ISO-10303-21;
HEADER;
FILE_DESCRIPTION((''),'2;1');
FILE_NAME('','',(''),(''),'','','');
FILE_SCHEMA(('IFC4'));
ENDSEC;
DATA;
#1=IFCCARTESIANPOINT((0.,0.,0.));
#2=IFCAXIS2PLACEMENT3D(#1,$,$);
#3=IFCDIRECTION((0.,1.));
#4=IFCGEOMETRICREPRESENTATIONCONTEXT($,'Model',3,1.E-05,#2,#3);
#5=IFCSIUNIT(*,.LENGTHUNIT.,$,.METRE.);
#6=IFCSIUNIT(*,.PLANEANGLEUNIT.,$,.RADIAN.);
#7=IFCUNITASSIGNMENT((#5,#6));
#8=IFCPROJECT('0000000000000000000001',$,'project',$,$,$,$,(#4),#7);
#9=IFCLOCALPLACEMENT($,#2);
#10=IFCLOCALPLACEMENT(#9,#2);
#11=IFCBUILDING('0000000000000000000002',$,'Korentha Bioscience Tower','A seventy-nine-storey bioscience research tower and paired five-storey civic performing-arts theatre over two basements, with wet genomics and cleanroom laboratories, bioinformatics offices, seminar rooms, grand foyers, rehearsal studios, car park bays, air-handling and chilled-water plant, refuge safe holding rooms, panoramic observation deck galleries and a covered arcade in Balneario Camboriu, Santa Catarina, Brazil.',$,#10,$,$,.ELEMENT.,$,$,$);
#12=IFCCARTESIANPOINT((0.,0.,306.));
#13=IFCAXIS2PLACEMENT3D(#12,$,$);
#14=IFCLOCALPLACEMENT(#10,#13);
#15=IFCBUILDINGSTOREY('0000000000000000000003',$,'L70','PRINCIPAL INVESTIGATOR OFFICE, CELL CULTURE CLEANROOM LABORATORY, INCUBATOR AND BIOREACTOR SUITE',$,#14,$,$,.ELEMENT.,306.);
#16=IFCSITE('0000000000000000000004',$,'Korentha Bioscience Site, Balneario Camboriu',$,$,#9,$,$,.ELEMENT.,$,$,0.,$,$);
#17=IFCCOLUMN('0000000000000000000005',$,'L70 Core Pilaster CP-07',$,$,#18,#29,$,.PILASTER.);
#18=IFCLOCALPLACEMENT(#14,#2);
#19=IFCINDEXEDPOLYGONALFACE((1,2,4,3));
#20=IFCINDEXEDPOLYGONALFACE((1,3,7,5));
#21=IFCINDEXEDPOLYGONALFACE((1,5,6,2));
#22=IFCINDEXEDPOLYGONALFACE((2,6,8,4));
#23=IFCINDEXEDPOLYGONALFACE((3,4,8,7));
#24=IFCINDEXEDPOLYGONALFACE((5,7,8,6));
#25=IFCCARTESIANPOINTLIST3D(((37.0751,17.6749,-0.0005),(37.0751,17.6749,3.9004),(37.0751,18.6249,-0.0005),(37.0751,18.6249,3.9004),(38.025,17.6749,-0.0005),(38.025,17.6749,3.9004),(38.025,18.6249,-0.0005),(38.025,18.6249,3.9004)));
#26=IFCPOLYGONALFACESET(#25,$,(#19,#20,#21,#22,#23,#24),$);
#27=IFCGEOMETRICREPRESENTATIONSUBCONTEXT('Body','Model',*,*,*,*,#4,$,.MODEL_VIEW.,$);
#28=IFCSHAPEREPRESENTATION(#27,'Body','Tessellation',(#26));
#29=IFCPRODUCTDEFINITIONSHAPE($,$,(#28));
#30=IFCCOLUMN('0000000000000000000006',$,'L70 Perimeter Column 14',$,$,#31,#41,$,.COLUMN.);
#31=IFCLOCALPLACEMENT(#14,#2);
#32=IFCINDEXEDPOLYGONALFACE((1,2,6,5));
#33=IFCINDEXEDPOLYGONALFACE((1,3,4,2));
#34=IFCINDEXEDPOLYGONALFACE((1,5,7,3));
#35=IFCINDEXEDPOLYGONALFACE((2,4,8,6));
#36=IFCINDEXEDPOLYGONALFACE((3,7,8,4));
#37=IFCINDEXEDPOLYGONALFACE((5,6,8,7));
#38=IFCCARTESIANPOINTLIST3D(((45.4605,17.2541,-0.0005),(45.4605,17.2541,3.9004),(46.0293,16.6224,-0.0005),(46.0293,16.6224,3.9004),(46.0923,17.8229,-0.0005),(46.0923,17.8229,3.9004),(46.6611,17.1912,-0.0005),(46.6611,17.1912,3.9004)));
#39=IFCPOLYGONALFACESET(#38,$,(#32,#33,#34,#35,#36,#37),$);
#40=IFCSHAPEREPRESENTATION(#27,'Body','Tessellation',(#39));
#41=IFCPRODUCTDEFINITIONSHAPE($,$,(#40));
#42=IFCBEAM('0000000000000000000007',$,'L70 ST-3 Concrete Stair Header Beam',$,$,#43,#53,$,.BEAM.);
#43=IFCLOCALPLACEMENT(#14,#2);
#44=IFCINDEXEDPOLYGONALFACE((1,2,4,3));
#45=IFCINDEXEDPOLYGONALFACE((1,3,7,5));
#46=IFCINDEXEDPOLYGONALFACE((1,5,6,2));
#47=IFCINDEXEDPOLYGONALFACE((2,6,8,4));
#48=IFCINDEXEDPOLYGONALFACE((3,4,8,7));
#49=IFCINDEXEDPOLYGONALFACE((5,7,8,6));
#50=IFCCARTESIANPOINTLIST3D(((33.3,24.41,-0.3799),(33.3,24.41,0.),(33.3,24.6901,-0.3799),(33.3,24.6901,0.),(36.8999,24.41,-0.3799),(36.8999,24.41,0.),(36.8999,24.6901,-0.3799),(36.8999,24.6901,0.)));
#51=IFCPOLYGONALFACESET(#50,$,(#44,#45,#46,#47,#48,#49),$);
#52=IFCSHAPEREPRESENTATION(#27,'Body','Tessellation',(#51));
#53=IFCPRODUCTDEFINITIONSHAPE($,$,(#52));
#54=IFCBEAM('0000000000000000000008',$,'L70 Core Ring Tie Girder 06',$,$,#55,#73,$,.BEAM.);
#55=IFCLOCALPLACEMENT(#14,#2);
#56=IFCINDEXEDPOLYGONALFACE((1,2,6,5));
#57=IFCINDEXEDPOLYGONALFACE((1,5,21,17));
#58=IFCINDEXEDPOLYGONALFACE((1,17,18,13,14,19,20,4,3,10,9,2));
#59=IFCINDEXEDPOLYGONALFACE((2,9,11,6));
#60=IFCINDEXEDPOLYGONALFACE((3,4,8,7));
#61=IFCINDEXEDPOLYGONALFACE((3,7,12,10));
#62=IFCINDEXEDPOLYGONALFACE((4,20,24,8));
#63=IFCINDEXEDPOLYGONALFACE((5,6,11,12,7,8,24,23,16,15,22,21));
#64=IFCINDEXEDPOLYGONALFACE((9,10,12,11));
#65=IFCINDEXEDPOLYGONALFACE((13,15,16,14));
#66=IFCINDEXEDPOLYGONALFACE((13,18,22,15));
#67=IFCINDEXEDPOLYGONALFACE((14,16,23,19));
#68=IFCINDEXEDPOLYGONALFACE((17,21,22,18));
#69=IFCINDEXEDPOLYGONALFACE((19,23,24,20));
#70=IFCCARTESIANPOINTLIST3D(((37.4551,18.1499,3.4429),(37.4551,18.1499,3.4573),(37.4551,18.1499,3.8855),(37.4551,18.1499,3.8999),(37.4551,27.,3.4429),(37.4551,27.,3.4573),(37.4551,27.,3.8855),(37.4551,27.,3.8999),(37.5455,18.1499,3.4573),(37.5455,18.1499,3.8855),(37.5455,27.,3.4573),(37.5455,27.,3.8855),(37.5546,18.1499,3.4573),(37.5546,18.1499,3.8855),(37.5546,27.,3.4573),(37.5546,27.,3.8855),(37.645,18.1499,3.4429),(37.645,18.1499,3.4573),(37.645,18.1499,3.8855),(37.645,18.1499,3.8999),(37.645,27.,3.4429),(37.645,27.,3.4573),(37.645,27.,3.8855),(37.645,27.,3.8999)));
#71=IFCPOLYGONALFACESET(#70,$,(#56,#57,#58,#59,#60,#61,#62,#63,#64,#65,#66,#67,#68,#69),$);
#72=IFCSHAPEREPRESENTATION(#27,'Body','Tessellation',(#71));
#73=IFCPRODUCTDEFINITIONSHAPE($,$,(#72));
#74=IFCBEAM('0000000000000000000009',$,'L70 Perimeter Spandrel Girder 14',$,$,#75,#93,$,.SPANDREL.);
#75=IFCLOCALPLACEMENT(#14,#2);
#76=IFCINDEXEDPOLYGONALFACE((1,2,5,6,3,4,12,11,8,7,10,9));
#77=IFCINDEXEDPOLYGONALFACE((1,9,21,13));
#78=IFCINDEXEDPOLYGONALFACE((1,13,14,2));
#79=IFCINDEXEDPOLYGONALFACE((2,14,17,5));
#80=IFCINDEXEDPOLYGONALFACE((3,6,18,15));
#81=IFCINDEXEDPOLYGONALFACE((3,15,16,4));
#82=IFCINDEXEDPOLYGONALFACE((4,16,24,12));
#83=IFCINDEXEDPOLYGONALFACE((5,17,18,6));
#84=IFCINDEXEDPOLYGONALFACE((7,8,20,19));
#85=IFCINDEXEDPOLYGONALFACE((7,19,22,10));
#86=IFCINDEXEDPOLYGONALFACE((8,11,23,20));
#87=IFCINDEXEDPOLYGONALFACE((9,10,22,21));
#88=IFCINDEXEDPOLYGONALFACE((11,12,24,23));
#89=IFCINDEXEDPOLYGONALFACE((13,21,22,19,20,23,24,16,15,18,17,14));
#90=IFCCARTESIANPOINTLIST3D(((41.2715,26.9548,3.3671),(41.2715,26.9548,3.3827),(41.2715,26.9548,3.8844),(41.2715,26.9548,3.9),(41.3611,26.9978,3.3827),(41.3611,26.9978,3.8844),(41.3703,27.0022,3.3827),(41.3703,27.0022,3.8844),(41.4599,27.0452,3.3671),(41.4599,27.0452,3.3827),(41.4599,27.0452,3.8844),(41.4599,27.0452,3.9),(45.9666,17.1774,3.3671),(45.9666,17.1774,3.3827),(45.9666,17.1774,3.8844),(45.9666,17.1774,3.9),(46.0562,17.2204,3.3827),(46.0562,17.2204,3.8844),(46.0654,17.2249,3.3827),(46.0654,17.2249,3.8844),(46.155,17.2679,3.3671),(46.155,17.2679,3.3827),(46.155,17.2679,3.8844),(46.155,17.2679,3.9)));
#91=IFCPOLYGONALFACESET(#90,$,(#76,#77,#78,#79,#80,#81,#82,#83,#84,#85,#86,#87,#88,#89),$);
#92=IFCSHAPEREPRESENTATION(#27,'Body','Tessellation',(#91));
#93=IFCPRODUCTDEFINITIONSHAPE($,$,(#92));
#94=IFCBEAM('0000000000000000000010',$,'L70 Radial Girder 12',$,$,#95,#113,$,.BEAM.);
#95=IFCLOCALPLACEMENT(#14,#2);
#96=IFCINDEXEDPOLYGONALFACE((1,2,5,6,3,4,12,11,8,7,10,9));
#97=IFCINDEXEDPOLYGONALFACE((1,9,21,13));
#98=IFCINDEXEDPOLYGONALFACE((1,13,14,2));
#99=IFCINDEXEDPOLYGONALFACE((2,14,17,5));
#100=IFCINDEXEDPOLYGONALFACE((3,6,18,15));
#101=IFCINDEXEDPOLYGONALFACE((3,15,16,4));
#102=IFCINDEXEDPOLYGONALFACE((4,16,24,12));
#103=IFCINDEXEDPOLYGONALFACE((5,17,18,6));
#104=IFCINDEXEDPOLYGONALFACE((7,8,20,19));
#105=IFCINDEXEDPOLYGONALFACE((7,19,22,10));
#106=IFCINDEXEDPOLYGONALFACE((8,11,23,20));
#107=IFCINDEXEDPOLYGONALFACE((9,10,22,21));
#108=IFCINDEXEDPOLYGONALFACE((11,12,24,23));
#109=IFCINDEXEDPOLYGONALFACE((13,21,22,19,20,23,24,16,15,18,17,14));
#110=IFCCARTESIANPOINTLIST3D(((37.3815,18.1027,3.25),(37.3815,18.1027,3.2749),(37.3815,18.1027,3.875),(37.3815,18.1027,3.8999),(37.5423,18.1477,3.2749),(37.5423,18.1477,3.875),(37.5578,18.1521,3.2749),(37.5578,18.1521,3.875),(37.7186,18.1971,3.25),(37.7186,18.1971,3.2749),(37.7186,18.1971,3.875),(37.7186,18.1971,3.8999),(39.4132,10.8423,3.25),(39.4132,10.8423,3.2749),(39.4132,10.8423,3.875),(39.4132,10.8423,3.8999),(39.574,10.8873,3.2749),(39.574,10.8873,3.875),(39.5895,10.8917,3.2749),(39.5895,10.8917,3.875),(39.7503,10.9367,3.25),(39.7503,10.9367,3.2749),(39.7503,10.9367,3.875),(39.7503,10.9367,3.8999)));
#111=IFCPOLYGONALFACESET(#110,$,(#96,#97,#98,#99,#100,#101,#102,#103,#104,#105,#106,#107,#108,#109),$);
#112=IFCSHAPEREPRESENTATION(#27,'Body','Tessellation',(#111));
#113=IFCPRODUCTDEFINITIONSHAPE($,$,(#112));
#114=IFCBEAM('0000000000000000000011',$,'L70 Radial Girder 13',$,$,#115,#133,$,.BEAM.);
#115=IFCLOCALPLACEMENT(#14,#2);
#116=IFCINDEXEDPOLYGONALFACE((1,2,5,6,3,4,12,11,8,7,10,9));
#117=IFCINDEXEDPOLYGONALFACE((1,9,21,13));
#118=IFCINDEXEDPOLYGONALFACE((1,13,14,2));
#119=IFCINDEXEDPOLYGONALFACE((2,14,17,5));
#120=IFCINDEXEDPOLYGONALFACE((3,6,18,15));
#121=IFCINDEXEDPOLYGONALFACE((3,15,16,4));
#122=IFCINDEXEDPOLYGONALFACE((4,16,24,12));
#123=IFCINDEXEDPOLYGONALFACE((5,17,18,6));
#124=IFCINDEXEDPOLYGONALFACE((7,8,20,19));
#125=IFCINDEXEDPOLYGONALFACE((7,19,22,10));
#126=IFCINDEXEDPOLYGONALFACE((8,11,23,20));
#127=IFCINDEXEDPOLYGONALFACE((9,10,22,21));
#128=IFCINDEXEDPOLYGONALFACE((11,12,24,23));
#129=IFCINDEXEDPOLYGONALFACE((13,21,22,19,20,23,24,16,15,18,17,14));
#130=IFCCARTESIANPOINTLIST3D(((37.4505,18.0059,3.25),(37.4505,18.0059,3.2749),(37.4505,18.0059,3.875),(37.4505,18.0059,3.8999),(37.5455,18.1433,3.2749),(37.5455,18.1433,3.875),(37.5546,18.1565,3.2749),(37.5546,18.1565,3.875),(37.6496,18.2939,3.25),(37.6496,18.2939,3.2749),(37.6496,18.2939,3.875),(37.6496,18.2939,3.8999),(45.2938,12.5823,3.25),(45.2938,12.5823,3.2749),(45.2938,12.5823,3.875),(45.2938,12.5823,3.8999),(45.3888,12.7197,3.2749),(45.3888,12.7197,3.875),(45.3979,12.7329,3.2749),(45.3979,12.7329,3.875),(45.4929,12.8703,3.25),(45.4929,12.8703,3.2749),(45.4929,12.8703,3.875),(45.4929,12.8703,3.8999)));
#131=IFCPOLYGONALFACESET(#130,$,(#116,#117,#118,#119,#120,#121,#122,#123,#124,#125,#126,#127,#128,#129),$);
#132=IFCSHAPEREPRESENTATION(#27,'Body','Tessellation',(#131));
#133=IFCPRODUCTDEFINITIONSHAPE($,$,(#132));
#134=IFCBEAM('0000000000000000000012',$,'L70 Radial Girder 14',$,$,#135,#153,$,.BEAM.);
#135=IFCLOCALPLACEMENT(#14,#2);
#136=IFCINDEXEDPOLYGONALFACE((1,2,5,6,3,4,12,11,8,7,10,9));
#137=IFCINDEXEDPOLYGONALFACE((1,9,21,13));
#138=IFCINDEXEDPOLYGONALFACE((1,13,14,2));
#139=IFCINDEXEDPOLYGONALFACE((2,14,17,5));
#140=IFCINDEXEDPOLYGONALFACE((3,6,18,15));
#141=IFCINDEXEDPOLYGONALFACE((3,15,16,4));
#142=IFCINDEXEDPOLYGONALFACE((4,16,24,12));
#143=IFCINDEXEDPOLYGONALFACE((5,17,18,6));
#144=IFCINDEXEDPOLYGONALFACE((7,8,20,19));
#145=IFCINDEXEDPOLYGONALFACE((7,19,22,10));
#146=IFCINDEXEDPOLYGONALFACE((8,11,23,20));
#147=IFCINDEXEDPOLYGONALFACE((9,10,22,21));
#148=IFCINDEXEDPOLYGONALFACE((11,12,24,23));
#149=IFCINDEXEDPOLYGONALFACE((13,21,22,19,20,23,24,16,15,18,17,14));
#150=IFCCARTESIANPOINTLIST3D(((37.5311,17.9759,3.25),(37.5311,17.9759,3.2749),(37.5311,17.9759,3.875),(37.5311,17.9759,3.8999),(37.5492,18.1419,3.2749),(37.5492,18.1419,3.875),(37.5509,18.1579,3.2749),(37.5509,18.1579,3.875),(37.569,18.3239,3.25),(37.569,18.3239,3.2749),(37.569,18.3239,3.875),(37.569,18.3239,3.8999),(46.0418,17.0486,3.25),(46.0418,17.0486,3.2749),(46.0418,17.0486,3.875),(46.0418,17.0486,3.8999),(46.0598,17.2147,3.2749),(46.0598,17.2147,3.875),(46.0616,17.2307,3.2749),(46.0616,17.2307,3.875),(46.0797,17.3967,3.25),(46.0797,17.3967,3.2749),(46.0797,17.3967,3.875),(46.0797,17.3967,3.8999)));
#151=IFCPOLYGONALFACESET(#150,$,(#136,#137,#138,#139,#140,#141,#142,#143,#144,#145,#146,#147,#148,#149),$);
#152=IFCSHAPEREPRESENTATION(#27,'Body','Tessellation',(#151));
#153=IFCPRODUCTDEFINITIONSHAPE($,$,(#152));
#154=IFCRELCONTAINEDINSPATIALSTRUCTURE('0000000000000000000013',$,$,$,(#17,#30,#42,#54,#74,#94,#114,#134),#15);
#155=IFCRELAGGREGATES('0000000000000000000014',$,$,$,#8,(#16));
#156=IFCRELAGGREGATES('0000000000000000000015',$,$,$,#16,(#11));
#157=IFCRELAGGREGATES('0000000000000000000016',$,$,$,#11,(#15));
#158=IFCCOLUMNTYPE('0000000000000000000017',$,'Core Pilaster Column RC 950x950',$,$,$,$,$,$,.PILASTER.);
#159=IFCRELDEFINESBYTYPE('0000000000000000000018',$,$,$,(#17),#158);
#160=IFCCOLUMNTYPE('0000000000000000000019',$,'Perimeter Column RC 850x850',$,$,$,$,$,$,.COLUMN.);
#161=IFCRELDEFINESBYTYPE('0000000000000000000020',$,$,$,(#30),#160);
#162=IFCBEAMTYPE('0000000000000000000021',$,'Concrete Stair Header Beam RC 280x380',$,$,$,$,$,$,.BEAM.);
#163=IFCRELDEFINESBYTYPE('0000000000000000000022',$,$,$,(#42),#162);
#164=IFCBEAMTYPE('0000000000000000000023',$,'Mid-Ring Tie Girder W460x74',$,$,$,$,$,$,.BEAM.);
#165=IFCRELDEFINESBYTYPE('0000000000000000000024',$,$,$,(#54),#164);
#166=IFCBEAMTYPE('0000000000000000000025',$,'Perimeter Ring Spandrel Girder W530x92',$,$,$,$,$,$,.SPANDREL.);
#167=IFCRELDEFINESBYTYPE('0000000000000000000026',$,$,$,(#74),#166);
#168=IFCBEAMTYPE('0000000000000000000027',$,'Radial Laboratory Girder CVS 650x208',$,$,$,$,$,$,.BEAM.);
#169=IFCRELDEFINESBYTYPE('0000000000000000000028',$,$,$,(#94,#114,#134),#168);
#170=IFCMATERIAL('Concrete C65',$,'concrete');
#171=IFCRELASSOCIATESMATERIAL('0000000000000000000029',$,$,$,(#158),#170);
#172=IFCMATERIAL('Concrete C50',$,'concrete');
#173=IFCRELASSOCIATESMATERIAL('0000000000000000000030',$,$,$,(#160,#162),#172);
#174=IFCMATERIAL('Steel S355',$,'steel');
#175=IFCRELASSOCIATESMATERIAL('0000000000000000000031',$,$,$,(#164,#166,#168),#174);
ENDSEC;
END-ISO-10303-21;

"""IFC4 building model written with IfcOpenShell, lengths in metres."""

from ifc_helpers import new_model, si_unit, direction, frame, origin, origin_2d, place, context, subcontext, project, spatial, rectangle, i_section, extrude, material, material_profile, profile_set, type_object, element, save


model = new_model("IFC4")

# Units and contexts
model_context = context("Model", 3, precision=1e-05, world=origin(), true_north=direction((0.0, 1.0)))
body_context = subcontext(model_context, "Body", "Model", "MODEL_VIEW")
ifc_project = project(units=[si_unit("LENGTHUNIT", "METRE"), si_unit("PLANEANGLEUNIT", "RADIAN")], contexts=[model_context])

# Site, building, storey
site_placement = place(None, origin())
site = spatial("IfcSite", under=ifc_project, at=site_placement, Name="Korentha Bioscience Site, Balneario Camboriu", CompositionType="ELEMENT", RefElevation=0.0)
building_placement = place(site_placement, origin())
building = spatial("IfcBuilding", under=site, at=building_placement, Name="Korentha Bioscience Tower", Description="A seventy-nine-storey bioscience research tower and paired five-storey civic performing-arts theatre over two basements, with wet genomics and cleanroom laboratories, bioinformatics offices, seminar rooms, grand foyers, rehearsal studios, car park bays, air-handling and chilled-water plant, refuge safe holding rooms, panoramic observation deck galleries and a covered arcade in Balneario Camboriu, Santa Catarina, Brazil.", CompositionType="ELEMENT")
storey_placement = place(building_placement, frame((0.0, 0.0, 306.0)))
storey = spatial("IfcBuildingStorey", under=building, at=storey_placement, Name="L70", Description="PRINCIPAL INVESTIGATOR OFFICE, CELL CULTURE CLEANROOM LABORATORY, INCUBATOR AND BIOREACTOR SUITE", CompositionType="ELEMENT", Elevation=306.0)

# Columns
ifc_material_1 = material(Name="Concrete C65", Category="concrete")
ifc_material_profile_1 = material_profile(ifc_material_1, rectangle(XDim=0.95, YDim=0.95, at=origin_2d()), Name="Concrete C65")
ifc_profile_set_1 = profile_set([ifc_material_profile_1], Name="Concrete C65 (COL-CP09)")
column_type_1 = type_object("IfcColumnType", Name="Core Pilaster Column RC 950x950", PredefinedType="PILASTER", material=ifc_profile_set_1)
column_1_placement = place(storey_placement, frame((37.55, 18.1499, -0.0005), z_axis=(0.0, 0.0, 1.0), x_axis=(1.0, 0.0, 0.0)))
element("IfcColumn", 1, at=column_1_placement, inside=storey, type_object=column_type_1, Name="L70 Core Pilaster CP-07", PredefinedType="PILASTER", context=body_context, shape_type="SweptSolid", body=[
    extrude(rectangle(XDim=0.95, YDim=0.95, at=origin_2d()), origin(), (0.0, 0.0, 1.0), 3.9009),
])
ifc_material_2 = material(Name="Concrete C50", Category="concrete")
ifc_material_profile_2 = material_profile(ifc_material_2, rectangle(XDim=0.8501, YDim=0.8501, at=origin_2d()), Name="Concrete C50")
ifc_profile_set_2 = profile_set([ifc_material_profile_2], Name="Concrete C50 (COL-P08)")
column_type_2 = type_object("IfcColumnType", Name="Perimeter Column RC 850x850", PredefinedType="COLUMN", material=ifc_profile_set_2)
column_2_placement = place(storey_placement, frame((46.0608, 17.2227, -0.0005), z_axis=(0.0, 0.0, 1.0), x_axis=(-0.669131, 0.743145, 0.0)))
element("IfcColumn", 2, at=column_2_placement, inside=storey, type_object=column_type_2, Name="L70 Perimeter Column 14", PredefinedType="COLUMN", context=body_context, shape_type="SweptSolid", body=[
    extrude(rectangle(XDim=0.8501, YDim=0.8501, at=origin_2d()), origin(), (0.0, 0.0, 1.0), 3.9009),
])

# Beams
ifc_material_profile_3 = material_profile(ifc_material_2, rectangle(XDim=0.28, YDim=0.3799, at=origin_2d()), Name="Concrete C50")
ifc_profile_set_3 = profile_set([ifc_material_profile_3], Name="Concrete C50 (ST-HB380)")
beam_type_1 = type_object("IfcBeamType", Name="Concrete Stair Header Beam RC 280x380", PredefinedType="BEAM", material=ifc_profile_set_3)
beam_1_placement = place(storey_placement, frame((36.8999, 24.55, -0.1899), z_axis=(-1.0, 0.0, 0.0), x_axis=(0.0, -1.0, 0.0)))
element("IfcBeam", 3, at=beam_1_placement, inside=storey, type_object=beam_type_1, Name="L70 ST-3 Concrete Stair Header Beam", PredefinedType="BEAM", context=body_context, shape_type="SweptSolid", body=[
    extrude(rectangle(XDim=0.28, YDim=0.3799, at=origin_2d()), origin(), (0.0, 0.0, 1.0), 3.5999),
])
ifc_material_3 = material(Name="Steel S355", Category="steel")
ifc_material_profile_4 = material_profile(ifc_material_3, i_section(OverallWidth=0.1899, OverallDepth=0.457, WebThickness=0.009, FlangeThickness=0.0144, at=origin_2d()), Name="Steel S355")
ifc_profile_set_4 = profile_set([ifc_material_profile_4], Name="Steel S355 (MB-460)")
beam_type_2 = type_object("IfcBeamType", Name="Mid-Ring Tie Girder W460x74", PredefinedType="BEAM", material=ifc_profile_set_4)
beam_2_placement = place(storey_placement, frame((37.55, 18.1499, 3.6714), z_axis=(0.0, 1.0, 0.0), x_axis=(-1.0, 0.0, 0.0)))
element("IfcBeam", 4, at=beam_2_placement, inside=storey, type_object=beam_type_2, Name="L70 Core Ring Tie Girder 06", PredefinedType="BEAM", context=body_context, shape_type="SweptSolid", body=[
    extrude(i_section(OverallWidth=0.1899, OverallDepth=0.457, WebThickness=0.009, FlangeThickness=0.0144, at=origin_2d()), origin(), (0.0, 0.0, 1.0), 8.8501),
])
ifc_material_profile_5 = material_profile(ifc_material_3, i_section(OverallWidth=0.209, OverallDepth=0.533, WebThickness=0.0103, FlangeThickness=0.0156, at=origin_2d()), Name="Steel S355")
ifc_profile_set_5 = profile_set([ifc_material_profile_5], Name="Steel S355 (SB-530)")
beam_type_3 = type_object("IfcBeamType", Name="Perimeter Ring Spandrel Girder W530x92", PredefinedType="SPANDREL", material=ifc_profile_set_5)
beam_3_placement = place(storey_placement, frame((46.0608, 17.2227, 3.6335), z_axis=(-0.432877, 0.901453, 0.0), x_axis=(-0.901453, -0.432877, 0.0)))
element("IfcBeam", 5, at=beam_3_placement, inside=storey, type_object=beam_type_3, Name="L70 Perimeter Spandrel Girder 14", PredefinedType="SPANDREL", context=body_context, shape_type="SweptSolid", body=[
    extrude(i_section(OverallWidth=0.209, OverallDepth=0.533, WebThickness=0.0103, FlangeThickness=0.0156, at=origin_2d()), origin(), (0.0, 0.0, 1.0), 10.8462),
])
ifc_material_profile_6 = material_profile(ifc_material_3, i_section(OverallWidth=0.3501, OverallDepth=0.6499, WebThickness=0.0161, FlangeThickness=0.0249, at=origin_2d()), Name="Steel S355")
ifc_profile_set_6 = profile_set([ifc_material_profile_6], Name="Steel S355 (RB-650)")
beam_type_4 = type_object("IfcBeamType", Name="Radial Laboratory Girder CVS 650x208", PredefinedType="BEAM", material=ifc_profile_set_6)
beam_4_placement = place(storey_placement, frame((37.55, 18.1499, 3.575), z_axis=(0.269482, -0.963005, 0.0), x_axis=(0.963005, 0.269482, 0.0)))
element("IfcBeam", 6, at=beam_4_placement, inside=storey, type_object=beam_type_4, Name="L70 Radial Girder 12", PredefinedType="BEAM", context=body_context, shape_type="SweptSolid", body=[
    extrude(i_section(OverallWidth=0.3501, OverallDepth=0.6499, WebThickness=0.0161, FlangeThickness=0.0249, at=origin_2d()), origin(), (0.0, 0.0, 1.0), 7.5393),
])
beam_5_placement = place(storey_placement, frame((37.55, 18.1499, 3.575), z_axis=(0.822505, -0.568759, 0.0), x_axis=(0.568759, 0.822505, 0.0)))
element("IfcBeam", 7, at=beam_5_placement, inside=storey, type_object=beam_type_4, Name="L70 Radial Girder 13", PredefinedType="BEAM", context=body_context, shape_type="SweptSolid", body=[
    extrude(i_section(OverallWidth=0.3501, OverallDepth=0.6499, WebThickness=0.0161, FlangeThickness=0.0249, at=origin_2d()), origin(), (0.0, 0.0, 1.0), 9.5359),
])
beam_6_placement = place(storey_placement, frame((37.55, 18.1499, 3.575), z_axis=(0.994117, -0.108309, 0.0), x_axis=(0.108309, 0.994117, 0.0)))
element("IfcBeam", 8, at=beam_6_placement, inside=storey, type_object=beam_type_4, Name="L70 Radial Girder 14", PredefinedType="BEAM", context=body_context, shape_type="SweptSolid", body=[
    extrude(i_section(OverallWidth=0.3501, OverallDepth=0.6499, WebThickness=0.0161, FlangeThickness=0.0249, at=origin_2d()), origin(), (0.0, 0.0, 1.0), 8.561),
])

save(model, "model.ifc")
